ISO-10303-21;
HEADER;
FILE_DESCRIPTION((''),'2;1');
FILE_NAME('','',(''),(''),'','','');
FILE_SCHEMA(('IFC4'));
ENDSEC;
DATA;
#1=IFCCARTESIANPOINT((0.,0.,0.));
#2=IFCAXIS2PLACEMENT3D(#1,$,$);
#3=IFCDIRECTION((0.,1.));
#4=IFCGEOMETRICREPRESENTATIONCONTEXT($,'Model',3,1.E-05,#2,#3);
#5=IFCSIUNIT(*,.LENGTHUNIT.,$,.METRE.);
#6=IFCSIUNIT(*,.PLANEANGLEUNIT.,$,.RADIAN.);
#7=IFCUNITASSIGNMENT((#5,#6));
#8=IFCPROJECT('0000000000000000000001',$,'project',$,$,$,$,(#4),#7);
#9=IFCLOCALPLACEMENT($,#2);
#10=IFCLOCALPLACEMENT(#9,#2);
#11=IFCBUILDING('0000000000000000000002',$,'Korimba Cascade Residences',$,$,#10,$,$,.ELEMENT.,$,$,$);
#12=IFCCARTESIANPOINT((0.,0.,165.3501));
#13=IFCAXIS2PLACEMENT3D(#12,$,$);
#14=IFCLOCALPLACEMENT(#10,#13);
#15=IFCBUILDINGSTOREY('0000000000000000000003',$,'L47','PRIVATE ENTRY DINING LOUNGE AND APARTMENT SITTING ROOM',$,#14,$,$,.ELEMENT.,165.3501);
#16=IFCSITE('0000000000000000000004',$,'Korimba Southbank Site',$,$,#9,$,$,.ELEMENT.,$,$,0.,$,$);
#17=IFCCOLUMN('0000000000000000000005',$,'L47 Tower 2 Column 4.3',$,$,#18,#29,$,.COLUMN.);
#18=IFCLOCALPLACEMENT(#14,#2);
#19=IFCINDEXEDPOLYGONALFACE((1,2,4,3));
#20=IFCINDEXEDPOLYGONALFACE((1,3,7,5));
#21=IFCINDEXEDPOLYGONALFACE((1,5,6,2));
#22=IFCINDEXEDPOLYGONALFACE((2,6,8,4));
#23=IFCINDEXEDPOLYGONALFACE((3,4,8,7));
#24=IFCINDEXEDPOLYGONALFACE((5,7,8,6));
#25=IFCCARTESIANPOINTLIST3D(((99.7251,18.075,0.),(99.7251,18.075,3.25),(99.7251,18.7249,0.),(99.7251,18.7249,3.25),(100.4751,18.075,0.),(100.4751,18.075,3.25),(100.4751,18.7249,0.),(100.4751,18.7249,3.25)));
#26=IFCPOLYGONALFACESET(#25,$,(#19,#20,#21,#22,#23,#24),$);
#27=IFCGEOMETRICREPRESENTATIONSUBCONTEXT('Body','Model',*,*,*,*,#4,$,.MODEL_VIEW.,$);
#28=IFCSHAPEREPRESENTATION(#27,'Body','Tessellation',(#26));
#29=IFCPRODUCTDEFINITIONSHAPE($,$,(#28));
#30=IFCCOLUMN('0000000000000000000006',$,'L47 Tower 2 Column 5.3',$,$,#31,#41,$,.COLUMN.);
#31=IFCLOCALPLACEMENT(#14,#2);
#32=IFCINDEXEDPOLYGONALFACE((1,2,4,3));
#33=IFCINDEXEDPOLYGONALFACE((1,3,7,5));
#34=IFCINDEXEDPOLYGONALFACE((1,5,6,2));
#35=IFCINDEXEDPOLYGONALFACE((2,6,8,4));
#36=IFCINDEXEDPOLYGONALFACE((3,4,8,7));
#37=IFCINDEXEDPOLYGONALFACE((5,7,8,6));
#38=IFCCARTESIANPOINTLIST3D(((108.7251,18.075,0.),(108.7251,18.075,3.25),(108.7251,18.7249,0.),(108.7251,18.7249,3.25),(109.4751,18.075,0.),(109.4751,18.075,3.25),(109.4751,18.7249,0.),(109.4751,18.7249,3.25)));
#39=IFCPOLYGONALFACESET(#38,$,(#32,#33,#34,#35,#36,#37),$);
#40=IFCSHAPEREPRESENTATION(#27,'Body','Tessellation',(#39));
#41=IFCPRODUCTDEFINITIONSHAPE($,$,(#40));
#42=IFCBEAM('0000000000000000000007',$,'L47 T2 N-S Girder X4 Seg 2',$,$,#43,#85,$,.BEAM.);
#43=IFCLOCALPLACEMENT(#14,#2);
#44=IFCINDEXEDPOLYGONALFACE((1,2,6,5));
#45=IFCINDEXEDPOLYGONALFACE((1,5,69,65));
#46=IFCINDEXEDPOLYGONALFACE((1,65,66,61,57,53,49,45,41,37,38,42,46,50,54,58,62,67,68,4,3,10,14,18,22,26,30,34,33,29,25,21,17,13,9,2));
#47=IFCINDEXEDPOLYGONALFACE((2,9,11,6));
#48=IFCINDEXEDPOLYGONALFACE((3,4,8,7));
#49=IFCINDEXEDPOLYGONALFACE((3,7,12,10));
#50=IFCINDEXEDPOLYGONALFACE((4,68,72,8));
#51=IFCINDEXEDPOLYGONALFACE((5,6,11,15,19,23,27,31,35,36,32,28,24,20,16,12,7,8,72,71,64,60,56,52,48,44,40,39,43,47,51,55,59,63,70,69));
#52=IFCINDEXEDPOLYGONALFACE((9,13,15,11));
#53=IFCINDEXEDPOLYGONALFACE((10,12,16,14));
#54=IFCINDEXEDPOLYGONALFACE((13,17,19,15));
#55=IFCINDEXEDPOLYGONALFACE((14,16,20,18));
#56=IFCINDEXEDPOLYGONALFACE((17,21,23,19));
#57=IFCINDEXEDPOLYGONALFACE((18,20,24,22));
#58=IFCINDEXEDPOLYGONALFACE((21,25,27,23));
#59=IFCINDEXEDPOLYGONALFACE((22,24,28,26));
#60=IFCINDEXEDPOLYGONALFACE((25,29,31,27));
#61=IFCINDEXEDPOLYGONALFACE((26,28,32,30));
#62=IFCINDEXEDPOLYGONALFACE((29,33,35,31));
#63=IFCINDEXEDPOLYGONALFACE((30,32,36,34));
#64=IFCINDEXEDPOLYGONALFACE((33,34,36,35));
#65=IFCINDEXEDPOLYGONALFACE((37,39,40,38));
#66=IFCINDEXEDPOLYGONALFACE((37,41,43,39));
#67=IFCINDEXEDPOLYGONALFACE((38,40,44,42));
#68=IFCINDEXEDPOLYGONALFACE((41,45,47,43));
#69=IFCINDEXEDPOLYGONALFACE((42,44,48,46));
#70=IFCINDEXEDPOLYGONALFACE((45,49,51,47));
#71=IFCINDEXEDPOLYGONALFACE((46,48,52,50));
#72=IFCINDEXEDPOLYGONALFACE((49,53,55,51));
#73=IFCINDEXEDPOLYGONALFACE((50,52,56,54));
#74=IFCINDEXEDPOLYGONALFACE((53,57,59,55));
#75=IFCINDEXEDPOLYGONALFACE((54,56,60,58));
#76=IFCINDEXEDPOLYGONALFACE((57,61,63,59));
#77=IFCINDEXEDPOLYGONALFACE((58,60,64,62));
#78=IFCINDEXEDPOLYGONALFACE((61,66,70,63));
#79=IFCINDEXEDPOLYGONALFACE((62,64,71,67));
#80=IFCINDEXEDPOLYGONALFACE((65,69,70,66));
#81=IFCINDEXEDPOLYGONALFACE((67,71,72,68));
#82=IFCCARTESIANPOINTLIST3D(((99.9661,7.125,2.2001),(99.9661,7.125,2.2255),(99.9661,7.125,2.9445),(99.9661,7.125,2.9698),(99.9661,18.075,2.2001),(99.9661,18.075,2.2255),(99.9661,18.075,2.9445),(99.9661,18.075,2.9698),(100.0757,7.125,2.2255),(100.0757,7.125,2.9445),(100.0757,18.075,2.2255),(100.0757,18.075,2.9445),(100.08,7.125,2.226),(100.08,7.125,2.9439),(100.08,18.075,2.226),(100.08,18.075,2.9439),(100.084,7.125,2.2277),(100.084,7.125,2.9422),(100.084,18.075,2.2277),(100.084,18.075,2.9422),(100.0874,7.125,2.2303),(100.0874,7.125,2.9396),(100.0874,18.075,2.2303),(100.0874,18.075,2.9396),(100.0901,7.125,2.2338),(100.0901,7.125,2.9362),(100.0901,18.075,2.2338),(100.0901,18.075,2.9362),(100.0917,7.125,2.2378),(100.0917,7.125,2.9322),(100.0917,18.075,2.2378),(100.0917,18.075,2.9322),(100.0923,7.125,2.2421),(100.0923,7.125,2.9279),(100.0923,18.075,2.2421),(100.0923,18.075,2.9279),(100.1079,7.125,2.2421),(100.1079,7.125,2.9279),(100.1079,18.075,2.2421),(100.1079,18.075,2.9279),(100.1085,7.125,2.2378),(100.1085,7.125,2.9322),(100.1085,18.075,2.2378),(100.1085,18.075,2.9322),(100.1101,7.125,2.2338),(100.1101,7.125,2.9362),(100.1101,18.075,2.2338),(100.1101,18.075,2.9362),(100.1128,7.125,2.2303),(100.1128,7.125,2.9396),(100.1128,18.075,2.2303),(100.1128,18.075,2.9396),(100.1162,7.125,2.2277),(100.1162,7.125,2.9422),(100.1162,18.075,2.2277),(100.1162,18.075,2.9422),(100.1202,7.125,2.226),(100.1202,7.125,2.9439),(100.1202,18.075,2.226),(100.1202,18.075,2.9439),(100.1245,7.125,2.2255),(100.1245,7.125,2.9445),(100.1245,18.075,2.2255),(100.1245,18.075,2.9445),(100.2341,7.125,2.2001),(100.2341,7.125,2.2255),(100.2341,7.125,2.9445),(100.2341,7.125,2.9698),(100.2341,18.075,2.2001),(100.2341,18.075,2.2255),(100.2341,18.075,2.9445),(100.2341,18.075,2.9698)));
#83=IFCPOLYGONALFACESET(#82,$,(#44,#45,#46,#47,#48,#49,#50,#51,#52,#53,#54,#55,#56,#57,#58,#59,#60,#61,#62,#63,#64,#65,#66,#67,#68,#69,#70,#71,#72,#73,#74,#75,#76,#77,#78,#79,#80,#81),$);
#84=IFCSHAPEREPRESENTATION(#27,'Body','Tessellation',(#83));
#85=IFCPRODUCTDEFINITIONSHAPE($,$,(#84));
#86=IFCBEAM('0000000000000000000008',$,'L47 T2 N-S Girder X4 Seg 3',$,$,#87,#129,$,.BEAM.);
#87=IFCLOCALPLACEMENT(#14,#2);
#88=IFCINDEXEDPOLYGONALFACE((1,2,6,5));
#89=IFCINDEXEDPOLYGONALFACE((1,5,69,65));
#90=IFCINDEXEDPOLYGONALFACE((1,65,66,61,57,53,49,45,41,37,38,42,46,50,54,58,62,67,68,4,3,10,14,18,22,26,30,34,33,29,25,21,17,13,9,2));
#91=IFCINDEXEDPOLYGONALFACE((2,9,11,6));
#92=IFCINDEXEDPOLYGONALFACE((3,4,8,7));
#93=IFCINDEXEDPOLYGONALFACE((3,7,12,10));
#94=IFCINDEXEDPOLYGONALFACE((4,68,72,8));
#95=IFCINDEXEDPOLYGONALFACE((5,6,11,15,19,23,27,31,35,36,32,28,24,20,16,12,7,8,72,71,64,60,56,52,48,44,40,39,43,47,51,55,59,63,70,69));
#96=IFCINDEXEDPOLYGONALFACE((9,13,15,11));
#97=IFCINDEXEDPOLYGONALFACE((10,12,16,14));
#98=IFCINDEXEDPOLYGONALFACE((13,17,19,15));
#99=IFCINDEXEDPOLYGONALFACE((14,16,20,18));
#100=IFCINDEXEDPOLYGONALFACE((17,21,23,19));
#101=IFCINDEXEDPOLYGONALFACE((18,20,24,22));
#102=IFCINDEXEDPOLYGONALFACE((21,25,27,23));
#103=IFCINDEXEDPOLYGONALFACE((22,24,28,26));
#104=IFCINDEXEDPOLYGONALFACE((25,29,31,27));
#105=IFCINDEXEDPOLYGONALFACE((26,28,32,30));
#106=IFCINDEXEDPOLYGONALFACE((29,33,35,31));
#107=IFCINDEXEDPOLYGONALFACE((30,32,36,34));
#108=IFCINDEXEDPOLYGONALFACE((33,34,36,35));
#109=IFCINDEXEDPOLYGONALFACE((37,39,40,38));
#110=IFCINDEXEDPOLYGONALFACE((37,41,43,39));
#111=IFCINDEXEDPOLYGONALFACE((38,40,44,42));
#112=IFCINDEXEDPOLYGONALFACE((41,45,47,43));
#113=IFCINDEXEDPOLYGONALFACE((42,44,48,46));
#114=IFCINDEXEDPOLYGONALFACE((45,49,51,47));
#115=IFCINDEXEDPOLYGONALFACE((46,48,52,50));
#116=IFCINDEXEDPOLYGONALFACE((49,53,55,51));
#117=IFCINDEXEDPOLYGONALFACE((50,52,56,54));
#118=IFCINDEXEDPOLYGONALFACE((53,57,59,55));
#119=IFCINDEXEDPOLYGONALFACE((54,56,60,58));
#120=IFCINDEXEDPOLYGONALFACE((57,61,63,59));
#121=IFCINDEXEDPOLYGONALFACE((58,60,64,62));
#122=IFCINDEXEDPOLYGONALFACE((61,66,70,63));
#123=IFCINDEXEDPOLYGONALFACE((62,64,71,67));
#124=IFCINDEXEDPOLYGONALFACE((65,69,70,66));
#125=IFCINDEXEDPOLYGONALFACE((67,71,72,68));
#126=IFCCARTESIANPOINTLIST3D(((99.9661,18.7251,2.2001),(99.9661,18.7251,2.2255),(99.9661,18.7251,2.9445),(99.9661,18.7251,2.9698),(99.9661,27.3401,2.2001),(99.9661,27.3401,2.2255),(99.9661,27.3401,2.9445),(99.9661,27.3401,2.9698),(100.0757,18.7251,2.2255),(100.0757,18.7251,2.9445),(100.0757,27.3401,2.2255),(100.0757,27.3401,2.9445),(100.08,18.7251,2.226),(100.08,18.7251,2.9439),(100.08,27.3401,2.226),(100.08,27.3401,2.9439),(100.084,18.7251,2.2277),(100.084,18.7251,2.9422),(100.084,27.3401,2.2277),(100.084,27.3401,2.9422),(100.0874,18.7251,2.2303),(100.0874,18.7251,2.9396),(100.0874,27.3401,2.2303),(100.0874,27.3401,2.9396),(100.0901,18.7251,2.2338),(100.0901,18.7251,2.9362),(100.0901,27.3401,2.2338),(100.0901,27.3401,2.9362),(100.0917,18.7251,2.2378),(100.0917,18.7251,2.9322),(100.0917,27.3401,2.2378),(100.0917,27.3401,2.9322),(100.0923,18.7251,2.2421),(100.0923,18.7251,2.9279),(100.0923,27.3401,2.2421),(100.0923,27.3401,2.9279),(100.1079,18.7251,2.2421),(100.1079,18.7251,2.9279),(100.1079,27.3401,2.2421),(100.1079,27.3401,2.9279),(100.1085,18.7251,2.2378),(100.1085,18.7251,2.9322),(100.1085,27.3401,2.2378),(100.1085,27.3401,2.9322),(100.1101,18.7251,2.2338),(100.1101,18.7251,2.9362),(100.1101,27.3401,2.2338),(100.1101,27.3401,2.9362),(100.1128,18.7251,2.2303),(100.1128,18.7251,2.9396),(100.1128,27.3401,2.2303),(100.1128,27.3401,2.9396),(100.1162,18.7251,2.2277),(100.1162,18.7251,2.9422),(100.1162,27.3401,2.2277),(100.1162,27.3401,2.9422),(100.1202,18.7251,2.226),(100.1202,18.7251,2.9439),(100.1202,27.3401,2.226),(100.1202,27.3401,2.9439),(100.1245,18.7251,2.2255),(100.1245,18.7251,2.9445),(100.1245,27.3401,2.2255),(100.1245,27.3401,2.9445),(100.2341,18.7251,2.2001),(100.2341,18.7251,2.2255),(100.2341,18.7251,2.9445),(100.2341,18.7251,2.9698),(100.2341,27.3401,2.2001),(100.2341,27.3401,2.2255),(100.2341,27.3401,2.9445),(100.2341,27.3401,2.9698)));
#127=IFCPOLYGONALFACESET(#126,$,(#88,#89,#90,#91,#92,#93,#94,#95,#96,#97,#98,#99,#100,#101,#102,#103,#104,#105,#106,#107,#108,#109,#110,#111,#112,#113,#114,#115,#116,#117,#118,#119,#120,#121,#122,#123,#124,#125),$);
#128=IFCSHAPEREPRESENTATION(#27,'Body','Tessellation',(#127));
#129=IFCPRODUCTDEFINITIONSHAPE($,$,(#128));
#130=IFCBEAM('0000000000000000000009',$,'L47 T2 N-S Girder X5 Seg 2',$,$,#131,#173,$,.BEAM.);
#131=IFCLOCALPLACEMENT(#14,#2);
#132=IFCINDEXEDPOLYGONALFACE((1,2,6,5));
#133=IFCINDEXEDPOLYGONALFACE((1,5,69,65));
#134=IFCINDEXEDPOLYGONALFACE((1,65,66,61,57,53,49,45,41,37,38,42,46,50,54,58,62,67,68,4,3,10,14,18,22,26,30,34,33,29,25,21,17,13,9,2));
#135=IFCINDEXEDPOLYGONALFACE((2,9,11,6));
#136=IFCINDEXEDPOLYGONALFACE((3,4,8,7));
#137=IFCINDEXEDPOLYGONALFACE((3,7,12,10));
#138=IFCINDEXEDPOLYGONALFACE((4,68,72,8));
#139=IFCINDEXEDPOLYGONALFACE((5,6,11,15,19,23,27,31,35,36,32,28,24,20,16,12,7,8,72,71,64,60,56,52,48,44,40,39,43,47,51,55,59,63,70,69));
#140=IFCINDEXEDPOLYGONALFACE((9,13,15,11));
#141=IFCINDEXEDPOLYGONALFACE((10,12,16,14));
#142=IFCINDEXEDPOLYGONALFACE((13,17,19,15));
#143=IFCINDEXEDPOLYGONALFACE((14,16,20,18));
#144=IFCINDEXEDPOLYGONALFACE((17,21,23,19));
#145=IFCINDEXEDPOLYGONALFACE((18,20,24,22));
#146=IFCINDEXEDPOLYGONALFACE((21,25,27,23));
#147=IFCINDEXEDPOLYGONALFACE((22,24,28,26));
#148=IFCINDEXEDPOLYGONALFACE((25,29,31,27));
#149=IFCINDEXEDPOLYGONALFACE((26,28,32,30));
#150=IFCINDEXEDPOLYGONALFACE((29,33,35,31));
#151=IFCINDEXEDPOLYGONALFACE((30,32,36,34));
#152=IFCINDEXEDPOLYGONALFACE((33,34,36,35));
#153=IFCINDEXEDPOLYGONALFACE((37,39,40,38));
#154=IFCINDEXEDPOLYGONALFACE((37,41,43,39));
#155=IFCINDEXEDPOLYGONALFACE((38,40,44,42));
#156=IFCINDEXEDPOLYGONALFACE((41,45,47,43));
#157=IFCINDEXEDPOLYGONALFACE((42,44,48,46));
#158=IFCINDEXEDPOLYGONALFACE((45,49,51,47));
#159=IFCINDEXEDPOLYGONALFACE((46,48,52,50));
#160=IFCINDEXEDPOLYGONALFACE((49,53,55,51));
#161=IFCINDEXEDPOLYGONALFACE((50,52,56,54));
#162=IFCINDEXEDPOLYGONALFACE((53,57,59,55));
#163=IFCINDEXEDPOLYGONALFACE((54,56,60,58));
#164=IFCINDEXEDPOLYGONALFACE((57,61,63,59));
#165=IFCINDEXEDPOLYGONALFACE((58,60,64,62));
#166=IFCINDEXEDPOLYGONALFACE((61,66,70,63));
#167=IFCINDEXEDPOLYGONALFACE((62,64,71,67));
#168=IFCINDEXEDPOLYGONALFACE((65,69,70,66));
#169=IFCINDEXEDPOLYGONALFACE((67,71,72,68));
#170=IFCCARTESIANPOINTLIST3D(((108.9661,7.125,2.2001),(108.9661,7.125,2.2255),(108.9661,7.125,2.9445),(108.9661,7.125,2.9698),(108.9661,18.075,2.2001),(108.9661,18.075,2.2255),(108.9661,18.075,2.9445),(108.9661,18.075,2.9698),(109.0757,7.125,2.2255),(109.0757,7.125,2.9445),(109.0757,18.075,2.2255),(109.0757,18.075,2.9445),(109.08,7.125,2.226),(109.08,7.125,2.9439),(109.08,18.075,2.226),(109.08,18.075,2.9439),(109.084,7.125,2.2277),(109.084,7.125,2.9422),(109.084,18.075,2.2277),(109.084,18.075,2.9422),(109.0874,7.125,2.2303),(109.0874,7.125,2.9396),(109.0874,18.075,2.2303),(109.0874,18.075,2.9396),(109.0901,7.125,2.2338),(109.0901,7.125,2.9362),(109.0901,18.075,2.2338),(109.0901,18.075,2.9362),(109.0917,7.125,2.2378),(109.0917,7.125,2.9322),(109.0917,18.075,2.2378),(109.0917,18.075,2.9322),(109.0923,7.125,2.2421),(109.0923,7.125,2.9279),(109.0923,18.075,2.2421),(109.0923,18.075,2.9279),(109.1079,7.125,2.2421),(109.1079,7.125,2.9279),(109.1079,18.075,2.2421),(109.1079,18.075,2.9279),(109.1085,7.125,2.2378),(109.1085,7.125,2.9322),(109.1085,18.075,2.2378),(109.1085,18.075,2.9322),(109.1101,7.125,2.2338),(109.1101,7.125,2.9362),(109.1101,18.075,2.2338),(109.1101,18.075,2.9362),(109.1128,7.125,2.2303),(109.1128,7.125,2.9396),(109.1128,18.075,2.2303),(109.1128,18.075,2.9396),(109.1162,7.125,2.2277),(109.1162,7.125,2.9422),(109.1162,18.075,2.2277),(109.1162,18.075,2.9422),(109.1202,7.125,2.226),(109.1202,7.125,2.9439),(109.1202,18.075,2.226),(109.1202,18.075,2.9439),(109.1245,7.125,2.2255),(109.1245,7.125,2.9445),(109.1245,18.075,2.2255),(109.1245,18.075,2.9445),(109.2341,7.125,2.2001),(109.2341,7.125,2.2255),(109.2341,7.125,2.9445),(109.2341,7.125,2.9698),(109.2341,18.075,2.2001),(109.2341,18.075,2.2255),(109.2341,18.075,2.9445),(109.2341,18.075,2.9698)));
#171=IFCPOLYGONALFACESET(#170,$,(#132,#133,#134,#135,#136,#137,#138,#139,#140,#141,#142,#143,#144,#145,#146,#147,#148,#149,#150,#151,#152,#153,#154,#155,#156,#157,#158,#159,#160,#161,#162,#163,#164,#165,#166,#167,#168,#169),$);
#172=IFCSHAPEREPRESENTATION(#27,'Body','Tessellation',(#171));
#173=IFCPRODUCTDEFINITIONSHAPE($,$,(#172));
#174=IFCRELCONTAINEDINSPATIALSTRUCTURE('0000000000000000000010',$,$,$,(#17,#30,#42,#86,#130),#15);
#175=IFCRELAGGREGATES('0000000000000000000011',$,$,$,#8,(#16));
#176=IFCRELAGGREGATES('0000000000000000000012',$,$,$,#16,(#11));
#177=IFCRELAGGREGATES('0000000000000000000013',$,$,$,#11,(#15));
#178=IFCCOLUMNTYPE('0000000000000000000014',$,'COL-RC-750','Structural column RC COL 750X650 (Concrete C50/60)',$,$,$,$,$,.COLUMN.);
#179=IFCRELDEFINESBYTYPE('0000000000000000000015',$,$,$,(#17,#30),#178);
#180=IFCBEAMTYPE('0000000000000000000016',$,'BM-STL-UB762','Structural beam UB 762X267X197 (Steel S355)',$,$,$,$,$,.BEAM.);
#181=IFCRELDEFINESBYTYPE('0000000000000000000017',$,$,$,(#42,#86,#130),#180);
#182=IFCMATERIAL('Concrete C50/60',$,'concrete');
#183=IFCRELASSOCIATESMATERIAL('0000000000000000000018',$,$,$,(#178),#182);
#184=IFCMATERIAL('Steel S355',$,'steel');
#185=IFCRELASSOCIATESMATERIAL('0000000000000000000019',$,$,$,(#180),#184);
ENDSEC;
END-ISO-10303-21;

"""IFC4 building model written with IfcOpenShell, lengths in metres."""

from ifc_helpers import new_model, si_unit, direction, frame, origin, origin_2d, place, context, subcontext, project, spatial, rectangle, i_section, extrude, material, material_profile, profile_set, type_object, element, save


model = new_model("IFC4")

# Units and contexts
model_context = context("Model", 3, precision=1e-05, world=origin(), true_north=direction((0.0, 1.0)))
body_context = subcontext(model_context, "Body", "Model", "MODEL_VIEW")
ifc_project = project(units=[si_unit("LENGTHUNIT", "METRE"), si_unit("PLANEANGLEUNIT", "RADIAN")], contexts=[model_context])

# Site, building, storey
site_placement = place(None, origin())
site = spatial("IfcSite", under=ifc_project, at=site_placement, Name="Korimba Southbank Site", CompositionType="ELEMENT", RefElevation=0.0)
building_placement = place(site_placement, origin())
building = spatial("IfcBuilding", under=site, at=building_placement, Name="Korimba Cascade Residences", CompositionType="ELEMENT")
storey_placement = place(building_placement, frame((0.0, 0.0, 165.3501)))
storey = spatial("IfcBuildingStorey", under=building, at=storey_placement, Name="L47", Description="PRIVATE ENTRY DINING LOUNGE AND APARTMENT SITTING ROOM", CompositionType="ELEMENT", Elevation=165.3501)

# Columns
ifc_material_1 = material(Name="Concrete C50/60", Category="concrete")
ifc_material_profile_1 = material_profile(ifc_material_1, rectangle(XDim=0.75, YDim=0.6499, at=origin_2d()), Name="Concrete C50/60")
ifc_profile_set_1 = profile_set([ifc_material_profile_1], Name="Concrete C50/60")
column_type = type_object("IfcColumnType", Name="COL-RC-750", Description="Structural column RC COL 750X650 (Concrete C50/60)", PredefinedType="COLUMN", material=ifc_profile_set_1)
for number, where, z_axis, x_axis, name in (
    (1, (100.1001, 18.3999, 0.0), (0.0, 0.0, 1.0), (1.0, 0.0, 0.0), "L47 Tower 2 Column 4.3"),
    (2, (109.1001, 18.3999, 0.0), (0.0, 0.0, 1.0), (1.0, 0.0, 0.0), "L47 Tower 2 Column 5.3"),
):
    element("IfcColumn", number, at=place(storey_placement, frame(where, z_axis=z_axis, x_axis=x_axis)), inside=storey, type_object=column_type, Name=name, PredefinedType="COLUMN", context=body_context, shape_type="SweptSolid", body=[
        extrude(rectangle(XDim=0.75, YDim=0.6499, at=origin_2d()), origin(), (0.0, 0.0, 1.0), 3.25),
    ])

# Beams
ifc_material_2 = material(Name="Steel S355", Category="steel")
ifc_material_profile_2 = material_profile(ifc_material_2, i_section(OverallWidth=0.2681, OverallDepth=0.7698, WebThickness=0.0156, FlangeThickness=0.0254, FilletRadius=0.0166, at=origin_2d()), Name="Steel S355")
ifc_profile_set_2 = profile_set([ifc_material_profile_2], Name="Steel S355")
beam_type = type_object("IfcBeamType", Name="BM-STL-UB762", Description="Structural beam UB 762X267X197 (Steel S355)", PredefinedType="BEAM", material=ifc_profile_set_2)
beam_1_placement = place(storey_placement, frame((100.1001, 7.125, 2.585), z_axis=(0.0, 1.0, 0.0), x_axis=(-1.0, 0.0, 0.0)))
element("IfcBeam", 3, at=beam_1_placement, inside=storey, type_object=beam_type, Name="L47 T2 N-S Girder X4 Seg 2", PredefinedType="BEAM", context=body_context, shape_type="SweptSolid", body=[
    extrude(i_section(OverallWidth=0.2681, OverallDepth=0.7698, WebThickness=0.0156, FlangeThickness=0.0254, FilletRadius=0.0166, at=origin_2d()), origin(), (0.0, 0.0, 1.0), 10.95),
])
beam_2_placement = place(storey_placement, frame((100.1001, 18.7251, 2.585), z_axis=(0.0, 1.0, 0.0), x_axis=(-1.0, 0.0, 0.0)))
element("IfcBeam", 4, at=beam_2_placement, inside=storey, type_object=beam_type, Name="L47 T2 N-S Girder X4 Seg 3", PredefinedType="BEAM", context=body_context, shape_type="SweptSolid", body=[
    extrude(i_section(OverallWidth=0.2681, OverallDepth=0.7698, WebThickness=0.0156, FlangeThickness=0.0254, FilletRadius=0.0166, at=origin_2d()), origin(), (0.0, 0.0, 1.0), 8.615),
])
beam_3_placement = place(storey_placement, frame((109.1001, 7.125, 2.585), z_axis=(0.0, 1.0, 0.0), x_axis=(-1.0, 0.0, 0.0)))
element("IfcBeam", 5, at=beam_3_placement, inside=storey, type_object=beam_type, Name="L47 T2 N-S Girder X5 Seg 2", PredefinedType="BEAM", context=body_context, shape_type="SweptSolid", body=[
    extrude(i_section(OverallWidth=0.2681, OverallDepth=0.7698, WebThickness=0.0156, FlangeThickness=0.0254, FilletRadius=0.0166, at=origin_2d()), origin(), (0.0, 0.0, 1.0), 10.95),
])

save(model, "model.ifc")
